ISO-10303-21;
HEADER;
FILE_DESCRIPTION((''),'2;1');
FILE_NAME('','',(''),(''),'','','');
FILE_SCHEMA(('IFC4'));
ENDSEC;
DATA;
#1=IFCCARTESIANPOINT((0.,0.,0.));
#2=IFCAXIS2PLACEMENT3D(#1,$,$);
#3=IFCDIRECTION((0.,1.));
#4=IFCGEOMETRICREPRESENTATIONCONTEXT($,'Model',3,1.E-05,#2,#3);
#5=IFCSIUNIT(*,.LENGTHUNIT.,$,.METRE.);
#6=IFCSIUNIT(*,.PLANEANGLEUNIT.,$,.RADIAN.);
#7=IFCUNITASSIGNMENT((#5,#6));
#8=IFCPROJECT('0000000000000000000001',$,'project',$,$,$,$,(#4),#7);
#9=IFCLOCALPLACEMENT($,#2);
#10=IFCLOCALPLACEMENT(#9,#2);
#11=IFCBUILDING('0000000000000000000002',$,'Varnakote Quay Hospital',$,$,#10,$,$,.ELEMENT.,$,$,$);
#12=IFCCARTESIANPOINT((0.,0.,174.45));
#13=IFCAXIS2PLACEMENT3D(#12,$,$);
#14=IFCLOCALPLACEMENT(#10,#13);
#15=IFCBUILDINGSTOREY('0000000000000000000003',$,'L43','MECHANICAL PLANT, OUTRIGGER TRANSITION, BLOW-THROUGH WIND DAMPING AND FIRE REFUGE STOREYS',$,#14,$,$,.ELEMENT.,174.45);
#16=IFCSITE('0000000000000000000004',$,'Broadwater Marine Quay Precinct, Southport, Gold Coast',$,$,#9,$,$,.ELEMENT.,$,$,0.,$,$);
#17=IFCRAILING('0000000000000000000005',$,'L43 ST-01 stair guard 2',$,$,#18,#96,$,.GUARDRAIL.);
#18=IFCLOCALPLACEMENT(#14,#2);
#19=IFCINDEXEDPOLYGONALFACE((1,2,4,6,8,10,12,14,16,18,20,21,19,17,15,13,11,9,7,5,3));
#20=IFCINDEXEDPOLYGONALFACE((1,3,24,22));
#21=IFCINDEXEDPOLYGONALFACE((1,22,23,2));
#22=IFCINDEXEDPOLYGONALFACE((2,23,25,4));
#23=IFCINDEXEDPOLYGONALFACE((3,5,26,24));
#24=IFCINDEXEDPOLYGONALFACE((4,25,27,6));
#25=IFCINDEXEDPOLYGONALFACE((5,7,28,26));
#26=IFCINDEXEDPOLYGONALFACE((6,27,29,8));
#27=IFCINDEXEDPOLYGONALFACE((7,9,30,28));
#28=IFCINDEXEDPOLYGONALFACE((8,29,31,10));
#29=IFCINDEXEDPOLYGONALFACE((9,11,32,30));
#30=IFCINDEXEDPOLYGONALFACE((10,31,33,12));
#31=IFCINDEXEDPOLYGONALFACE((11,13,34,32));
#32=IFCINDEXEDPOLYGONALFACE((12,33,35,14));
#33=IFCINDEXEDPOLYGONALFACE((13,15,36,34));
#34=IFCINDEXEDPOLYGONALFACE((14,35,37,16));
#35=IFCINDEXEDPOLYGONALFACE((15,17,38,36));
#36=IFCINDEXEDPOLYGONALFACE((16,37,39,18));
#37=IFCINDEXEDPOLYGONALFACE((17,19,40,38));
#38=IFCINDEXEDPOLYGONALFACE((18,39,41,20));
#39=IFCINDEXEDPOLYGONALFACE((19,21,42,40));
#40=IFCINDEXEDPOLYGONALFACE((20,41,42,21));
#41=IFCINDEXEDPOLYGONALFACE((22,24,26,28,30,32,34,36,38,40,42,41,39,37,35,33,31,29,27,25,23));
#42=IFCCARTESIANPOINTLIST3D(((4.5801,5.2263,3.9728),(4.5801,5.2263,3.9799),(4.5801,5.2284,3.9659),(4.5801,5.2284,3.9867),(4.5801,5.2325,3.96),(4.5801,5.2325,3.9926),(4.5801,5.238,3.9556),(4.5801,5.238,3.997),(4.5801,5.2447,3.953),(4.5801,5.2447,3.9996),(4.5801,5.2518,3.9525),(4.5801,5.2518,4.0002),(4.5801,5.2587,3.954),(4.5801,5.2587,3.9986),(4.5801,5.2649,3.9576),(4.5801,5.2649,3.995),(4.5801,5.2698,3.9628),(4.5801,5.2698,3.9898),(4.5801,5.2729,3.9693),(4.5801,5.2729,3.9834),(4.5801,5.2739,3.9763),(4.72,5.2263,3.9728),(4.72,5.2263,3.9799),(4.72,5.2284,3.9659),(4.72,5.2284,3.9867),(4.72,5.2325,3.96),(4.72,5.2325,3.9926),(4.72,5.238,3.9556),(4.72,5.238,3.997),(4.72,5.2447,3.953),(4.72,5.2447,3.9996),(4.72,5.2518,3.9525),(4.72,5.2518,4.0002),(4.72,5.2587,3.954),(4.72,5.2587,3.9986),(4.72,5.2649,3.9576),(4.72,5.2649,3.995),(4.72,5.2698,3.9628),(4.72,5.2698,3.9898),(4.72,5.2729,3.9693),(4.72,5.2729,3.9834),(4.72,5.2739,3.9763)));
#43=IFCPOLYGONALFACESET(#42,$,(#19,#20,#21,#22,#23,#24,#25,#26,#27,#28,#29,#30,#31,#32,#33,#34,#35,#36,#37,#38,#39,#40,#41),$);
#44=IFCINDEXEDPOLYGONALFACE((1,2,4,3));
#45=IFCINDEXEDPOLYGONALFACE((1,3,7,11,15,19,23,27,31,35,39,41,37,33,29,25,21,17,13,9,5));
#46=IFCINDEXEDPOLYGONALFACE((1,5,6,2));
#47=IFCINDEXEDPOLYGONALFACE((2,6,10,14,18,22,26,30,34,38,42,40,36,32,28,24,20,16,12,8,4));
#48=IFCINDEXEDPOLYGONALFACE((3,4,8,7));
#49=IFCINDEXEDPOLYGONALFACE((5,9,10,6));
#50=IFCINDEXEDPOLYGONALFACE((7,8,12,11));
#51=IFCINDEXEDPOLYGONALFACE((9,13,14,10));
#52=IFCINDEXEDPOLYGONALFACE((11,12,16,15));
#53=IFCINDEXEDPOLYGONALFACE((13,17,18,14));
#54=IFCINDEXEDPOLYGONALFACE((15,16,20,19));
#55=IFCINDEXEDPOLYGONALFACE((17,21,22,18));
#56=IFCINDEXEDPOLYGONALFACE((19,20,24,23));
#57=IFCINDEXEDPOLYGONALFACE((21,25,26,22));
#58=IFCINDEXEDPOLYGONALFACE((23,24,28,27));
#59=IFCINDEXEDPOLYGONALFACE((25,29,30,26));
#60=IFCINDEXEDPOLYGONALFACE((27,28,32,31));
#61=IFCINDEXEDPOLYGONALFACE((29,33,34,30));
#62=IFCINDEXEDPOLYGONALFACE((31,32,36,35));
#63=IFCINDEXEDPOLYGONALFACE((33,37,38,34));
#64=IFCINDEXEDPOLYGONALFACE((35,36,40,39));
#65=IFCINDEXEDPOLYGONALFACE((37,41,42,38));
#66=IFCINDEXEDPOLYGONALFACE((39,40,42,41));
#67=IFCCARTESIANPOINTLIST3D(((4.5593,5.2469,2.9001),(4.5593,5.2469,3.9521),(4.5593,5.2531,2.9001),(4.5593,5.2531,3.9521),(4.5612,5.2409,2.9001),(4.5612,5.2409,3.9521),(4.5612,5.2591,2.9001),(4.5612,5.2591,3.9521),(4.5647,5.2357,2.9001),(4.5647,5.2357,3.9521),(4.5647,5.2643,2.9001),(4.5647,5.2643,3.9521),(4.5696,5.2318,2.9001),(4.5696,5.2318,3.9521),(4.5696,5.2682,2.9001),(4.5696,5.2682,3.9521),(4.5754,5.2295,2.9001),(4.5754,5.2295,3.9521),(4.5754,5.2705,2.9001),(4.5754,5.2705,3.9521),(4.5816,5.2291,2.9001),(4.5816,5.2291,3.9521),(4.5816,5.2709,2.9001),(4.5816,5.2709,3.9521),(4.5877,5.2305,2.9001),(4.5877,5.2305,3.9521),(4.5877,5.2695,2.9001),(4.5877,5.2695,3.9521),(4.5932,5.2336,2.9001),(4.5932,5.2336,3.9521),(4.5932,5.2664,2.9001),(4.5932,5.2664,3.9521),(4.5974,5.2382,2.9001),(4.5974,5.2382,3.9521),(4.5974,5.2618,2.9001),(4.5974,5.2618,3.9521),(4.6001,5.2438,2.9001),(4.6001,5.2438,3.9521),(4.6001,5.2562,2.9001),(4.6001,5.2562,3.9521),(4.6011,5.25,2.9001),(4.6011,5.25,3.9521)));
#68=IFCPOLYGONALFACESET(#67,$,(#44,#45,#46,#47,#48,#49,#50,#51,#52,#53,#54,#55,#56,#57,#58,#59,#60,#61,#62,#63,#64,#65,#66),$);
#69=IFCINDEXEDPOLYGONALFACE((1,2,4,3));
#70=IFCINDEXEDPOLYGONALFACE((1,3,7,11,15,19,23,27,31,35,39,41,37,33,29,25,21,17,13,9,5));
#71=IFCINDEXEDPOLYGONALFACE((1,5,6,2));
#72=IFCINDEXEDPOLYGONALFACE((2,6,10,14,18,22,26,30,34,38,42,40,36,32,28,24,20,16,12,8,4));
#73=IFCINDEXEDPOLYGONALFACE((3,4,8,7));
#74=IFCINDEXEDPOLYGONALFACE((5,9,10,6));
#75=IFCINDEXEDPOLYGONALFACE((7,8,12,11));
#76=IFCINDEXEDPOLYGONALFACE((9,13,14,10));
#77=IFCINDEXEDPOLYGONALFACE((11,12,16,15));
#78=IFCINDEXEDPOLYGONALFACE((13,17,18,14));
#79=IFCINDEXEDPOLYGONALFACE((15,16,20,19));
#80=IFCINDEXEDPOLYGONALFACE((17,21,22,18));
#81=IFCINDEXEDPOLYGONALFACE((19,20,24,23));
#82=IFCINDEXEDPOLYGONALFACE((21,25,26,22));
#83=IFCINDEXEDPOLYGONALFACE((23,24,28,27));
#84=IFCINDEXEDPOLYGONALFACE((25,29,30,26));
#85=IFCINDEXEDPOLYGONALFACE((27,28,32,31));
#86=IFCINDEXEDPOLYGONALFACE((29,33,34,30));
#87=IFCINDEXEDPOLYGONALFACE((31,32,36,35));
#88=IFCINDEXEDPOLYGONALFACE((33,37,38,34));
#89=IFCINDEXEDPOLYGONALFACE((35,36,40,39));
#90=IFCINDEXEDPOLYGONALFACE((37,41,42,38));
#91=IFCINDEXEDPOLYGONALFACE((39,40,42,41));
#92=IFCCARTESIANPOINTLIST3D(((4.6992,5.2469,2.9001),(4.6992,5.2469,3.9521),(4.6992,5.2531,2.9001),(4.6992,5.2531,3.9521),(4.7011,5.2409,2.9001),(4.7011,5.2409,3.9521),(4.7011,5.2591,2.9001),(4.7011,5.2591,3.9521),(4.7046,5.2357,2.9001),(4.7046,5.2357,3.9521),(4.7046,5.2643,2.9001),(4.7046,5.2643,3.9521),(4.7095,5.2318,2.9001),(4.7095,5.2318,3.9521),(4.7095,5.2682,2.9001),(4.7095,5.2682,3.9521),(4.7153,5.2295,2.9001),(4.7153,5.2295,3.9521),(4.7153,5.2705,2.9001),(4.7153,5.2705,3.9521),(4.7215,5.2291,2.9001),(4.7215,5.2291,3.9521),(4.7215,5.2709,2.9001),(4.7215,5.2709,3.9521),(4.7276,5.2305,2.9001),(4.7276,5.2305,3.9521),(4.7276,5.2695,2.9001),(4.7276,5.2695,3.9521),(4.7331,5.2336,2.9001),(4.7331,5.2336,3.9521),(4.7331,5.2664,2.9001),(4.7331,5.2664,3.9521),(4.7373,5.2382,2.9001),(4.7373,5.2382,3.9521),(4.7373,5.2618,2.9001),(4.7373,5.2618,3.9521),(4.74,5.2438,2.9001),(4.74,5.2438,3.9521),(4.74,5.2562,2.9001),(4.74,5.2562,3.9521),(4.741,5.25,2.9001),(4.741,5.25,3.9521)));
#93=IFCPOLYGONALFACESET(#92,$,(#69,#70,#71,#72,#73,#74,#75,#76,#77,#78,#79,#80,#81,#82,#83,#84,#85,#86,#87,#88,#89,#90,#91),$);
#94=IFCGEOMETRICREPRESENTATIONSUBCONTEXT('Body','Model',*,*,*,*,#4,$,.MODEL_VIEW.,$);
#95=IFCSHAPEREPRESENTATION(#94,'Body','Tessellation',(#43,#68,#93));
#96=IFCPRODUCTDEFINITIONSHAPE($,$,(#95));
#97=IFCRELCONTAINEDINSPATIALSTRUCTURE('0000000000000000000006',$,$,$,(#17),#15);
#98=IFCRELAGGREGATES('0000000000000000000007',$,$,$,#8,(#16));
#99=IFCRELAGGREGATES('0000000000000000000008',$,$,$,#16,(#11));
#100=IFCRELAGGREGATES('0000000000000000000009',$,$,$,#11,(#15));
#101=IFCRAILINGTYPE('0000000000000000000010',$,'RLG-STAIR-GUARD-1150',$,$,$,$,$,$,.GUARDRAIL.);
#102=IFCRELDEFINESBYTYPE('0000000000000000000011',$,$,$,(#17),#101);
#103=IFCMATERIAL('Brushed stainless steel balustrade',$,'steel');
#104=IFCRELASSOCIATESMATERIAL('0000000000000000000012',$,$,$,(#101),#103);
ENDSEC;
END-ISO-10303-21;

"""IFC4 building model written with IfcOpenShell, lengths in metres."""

from ifc_helpers import new_model, si_unit, direction, frame, origin, origin_2d, place, context, subcontext, project, spatial, circle, extrude, material, type_object, element, save


model = new_model("IFC4")

# Units and contexts
model_context = context("Model", 3, precision=1e-05, world=origin(), true_north=direction((0.0, 1.0)))
body_context = subcontext(model_context, "Body", "Model", "MODEL_VIEW")
ifc_project = project(units=[si_unit("LENGTHUNIT", "METRE"), si_unit("PLANEANGLEUNIT", "RADIAN")], contexts=[model_context])

# Site, building, storey
site_placement = place(None, origin())
site = spatial("IfcSite", under=ifc_project, at=site_placement, Name="Broadwater Marine Quay Precinct, Southport, Gold Coast", CompositionType="ELEMENT", RefElevation=0.0)
building_placement = place(site_placement, origin())
building = spatial("IfcBuilding", under=site, at=building_placement, Name="Varnakote Quay Hospital", CompositionType="ELEMENT")
storey_placement = place(building_placement, frame((0.0, 0.0, 174.45)))
storey = spatial("IfcBuildingStorey", under=building, at=storey_placement, Name="L43", Description="MECHANICAL PLANT, OUTRIGGER TRANSITION, BLOW-THROUGH WIND DAMPING AND FIRE REFUGE STOREYS", CompositionType="ELEMENT", Elevation=174.45)

# Railing
ifc_material_1 = material(Name="Brushed stainless steel balustrade", Category="steel")
railing_type_1 = type_object("IfcRailingType", Name="RLG-STAIR-GUARD-1150", PredefinedType="GUARDRAIL", material=ifc_material_1)
railing_1_placement = place(storey_placement, frame((4.5801, 5.25, 2.9001)))
element("IfcRailing", 1, at=railing_1_placement, inside=storey, type_object=railing_type_1, Name="L43 ST-01 stair guard 2", PredefinedType="GUARDRAIL", context=body_context, shape_type="SweptSolid", body=[
    extrude(circle(Radius=0.0239, at=origin_2d()), frame((0.0, 0.0, 1.0762), z_axis=(1.0, 0.0, 0.0), x_axis=(0.0, 1.0, 0.0)), (0.0, 0.0, 1.0), 0.1399),
    extrude(circle(Radius=0.021, at=origin_2d()), origin(), (0.0, 0.0, 1.0), 1.052),
    extrude(circle(Radius=0.021, at=origin_2d()), frame((0.1399, 0.0, 0.0)), (0.0, 0.0, 1.0), 1.052),
])

save(model, "model.ifc")
